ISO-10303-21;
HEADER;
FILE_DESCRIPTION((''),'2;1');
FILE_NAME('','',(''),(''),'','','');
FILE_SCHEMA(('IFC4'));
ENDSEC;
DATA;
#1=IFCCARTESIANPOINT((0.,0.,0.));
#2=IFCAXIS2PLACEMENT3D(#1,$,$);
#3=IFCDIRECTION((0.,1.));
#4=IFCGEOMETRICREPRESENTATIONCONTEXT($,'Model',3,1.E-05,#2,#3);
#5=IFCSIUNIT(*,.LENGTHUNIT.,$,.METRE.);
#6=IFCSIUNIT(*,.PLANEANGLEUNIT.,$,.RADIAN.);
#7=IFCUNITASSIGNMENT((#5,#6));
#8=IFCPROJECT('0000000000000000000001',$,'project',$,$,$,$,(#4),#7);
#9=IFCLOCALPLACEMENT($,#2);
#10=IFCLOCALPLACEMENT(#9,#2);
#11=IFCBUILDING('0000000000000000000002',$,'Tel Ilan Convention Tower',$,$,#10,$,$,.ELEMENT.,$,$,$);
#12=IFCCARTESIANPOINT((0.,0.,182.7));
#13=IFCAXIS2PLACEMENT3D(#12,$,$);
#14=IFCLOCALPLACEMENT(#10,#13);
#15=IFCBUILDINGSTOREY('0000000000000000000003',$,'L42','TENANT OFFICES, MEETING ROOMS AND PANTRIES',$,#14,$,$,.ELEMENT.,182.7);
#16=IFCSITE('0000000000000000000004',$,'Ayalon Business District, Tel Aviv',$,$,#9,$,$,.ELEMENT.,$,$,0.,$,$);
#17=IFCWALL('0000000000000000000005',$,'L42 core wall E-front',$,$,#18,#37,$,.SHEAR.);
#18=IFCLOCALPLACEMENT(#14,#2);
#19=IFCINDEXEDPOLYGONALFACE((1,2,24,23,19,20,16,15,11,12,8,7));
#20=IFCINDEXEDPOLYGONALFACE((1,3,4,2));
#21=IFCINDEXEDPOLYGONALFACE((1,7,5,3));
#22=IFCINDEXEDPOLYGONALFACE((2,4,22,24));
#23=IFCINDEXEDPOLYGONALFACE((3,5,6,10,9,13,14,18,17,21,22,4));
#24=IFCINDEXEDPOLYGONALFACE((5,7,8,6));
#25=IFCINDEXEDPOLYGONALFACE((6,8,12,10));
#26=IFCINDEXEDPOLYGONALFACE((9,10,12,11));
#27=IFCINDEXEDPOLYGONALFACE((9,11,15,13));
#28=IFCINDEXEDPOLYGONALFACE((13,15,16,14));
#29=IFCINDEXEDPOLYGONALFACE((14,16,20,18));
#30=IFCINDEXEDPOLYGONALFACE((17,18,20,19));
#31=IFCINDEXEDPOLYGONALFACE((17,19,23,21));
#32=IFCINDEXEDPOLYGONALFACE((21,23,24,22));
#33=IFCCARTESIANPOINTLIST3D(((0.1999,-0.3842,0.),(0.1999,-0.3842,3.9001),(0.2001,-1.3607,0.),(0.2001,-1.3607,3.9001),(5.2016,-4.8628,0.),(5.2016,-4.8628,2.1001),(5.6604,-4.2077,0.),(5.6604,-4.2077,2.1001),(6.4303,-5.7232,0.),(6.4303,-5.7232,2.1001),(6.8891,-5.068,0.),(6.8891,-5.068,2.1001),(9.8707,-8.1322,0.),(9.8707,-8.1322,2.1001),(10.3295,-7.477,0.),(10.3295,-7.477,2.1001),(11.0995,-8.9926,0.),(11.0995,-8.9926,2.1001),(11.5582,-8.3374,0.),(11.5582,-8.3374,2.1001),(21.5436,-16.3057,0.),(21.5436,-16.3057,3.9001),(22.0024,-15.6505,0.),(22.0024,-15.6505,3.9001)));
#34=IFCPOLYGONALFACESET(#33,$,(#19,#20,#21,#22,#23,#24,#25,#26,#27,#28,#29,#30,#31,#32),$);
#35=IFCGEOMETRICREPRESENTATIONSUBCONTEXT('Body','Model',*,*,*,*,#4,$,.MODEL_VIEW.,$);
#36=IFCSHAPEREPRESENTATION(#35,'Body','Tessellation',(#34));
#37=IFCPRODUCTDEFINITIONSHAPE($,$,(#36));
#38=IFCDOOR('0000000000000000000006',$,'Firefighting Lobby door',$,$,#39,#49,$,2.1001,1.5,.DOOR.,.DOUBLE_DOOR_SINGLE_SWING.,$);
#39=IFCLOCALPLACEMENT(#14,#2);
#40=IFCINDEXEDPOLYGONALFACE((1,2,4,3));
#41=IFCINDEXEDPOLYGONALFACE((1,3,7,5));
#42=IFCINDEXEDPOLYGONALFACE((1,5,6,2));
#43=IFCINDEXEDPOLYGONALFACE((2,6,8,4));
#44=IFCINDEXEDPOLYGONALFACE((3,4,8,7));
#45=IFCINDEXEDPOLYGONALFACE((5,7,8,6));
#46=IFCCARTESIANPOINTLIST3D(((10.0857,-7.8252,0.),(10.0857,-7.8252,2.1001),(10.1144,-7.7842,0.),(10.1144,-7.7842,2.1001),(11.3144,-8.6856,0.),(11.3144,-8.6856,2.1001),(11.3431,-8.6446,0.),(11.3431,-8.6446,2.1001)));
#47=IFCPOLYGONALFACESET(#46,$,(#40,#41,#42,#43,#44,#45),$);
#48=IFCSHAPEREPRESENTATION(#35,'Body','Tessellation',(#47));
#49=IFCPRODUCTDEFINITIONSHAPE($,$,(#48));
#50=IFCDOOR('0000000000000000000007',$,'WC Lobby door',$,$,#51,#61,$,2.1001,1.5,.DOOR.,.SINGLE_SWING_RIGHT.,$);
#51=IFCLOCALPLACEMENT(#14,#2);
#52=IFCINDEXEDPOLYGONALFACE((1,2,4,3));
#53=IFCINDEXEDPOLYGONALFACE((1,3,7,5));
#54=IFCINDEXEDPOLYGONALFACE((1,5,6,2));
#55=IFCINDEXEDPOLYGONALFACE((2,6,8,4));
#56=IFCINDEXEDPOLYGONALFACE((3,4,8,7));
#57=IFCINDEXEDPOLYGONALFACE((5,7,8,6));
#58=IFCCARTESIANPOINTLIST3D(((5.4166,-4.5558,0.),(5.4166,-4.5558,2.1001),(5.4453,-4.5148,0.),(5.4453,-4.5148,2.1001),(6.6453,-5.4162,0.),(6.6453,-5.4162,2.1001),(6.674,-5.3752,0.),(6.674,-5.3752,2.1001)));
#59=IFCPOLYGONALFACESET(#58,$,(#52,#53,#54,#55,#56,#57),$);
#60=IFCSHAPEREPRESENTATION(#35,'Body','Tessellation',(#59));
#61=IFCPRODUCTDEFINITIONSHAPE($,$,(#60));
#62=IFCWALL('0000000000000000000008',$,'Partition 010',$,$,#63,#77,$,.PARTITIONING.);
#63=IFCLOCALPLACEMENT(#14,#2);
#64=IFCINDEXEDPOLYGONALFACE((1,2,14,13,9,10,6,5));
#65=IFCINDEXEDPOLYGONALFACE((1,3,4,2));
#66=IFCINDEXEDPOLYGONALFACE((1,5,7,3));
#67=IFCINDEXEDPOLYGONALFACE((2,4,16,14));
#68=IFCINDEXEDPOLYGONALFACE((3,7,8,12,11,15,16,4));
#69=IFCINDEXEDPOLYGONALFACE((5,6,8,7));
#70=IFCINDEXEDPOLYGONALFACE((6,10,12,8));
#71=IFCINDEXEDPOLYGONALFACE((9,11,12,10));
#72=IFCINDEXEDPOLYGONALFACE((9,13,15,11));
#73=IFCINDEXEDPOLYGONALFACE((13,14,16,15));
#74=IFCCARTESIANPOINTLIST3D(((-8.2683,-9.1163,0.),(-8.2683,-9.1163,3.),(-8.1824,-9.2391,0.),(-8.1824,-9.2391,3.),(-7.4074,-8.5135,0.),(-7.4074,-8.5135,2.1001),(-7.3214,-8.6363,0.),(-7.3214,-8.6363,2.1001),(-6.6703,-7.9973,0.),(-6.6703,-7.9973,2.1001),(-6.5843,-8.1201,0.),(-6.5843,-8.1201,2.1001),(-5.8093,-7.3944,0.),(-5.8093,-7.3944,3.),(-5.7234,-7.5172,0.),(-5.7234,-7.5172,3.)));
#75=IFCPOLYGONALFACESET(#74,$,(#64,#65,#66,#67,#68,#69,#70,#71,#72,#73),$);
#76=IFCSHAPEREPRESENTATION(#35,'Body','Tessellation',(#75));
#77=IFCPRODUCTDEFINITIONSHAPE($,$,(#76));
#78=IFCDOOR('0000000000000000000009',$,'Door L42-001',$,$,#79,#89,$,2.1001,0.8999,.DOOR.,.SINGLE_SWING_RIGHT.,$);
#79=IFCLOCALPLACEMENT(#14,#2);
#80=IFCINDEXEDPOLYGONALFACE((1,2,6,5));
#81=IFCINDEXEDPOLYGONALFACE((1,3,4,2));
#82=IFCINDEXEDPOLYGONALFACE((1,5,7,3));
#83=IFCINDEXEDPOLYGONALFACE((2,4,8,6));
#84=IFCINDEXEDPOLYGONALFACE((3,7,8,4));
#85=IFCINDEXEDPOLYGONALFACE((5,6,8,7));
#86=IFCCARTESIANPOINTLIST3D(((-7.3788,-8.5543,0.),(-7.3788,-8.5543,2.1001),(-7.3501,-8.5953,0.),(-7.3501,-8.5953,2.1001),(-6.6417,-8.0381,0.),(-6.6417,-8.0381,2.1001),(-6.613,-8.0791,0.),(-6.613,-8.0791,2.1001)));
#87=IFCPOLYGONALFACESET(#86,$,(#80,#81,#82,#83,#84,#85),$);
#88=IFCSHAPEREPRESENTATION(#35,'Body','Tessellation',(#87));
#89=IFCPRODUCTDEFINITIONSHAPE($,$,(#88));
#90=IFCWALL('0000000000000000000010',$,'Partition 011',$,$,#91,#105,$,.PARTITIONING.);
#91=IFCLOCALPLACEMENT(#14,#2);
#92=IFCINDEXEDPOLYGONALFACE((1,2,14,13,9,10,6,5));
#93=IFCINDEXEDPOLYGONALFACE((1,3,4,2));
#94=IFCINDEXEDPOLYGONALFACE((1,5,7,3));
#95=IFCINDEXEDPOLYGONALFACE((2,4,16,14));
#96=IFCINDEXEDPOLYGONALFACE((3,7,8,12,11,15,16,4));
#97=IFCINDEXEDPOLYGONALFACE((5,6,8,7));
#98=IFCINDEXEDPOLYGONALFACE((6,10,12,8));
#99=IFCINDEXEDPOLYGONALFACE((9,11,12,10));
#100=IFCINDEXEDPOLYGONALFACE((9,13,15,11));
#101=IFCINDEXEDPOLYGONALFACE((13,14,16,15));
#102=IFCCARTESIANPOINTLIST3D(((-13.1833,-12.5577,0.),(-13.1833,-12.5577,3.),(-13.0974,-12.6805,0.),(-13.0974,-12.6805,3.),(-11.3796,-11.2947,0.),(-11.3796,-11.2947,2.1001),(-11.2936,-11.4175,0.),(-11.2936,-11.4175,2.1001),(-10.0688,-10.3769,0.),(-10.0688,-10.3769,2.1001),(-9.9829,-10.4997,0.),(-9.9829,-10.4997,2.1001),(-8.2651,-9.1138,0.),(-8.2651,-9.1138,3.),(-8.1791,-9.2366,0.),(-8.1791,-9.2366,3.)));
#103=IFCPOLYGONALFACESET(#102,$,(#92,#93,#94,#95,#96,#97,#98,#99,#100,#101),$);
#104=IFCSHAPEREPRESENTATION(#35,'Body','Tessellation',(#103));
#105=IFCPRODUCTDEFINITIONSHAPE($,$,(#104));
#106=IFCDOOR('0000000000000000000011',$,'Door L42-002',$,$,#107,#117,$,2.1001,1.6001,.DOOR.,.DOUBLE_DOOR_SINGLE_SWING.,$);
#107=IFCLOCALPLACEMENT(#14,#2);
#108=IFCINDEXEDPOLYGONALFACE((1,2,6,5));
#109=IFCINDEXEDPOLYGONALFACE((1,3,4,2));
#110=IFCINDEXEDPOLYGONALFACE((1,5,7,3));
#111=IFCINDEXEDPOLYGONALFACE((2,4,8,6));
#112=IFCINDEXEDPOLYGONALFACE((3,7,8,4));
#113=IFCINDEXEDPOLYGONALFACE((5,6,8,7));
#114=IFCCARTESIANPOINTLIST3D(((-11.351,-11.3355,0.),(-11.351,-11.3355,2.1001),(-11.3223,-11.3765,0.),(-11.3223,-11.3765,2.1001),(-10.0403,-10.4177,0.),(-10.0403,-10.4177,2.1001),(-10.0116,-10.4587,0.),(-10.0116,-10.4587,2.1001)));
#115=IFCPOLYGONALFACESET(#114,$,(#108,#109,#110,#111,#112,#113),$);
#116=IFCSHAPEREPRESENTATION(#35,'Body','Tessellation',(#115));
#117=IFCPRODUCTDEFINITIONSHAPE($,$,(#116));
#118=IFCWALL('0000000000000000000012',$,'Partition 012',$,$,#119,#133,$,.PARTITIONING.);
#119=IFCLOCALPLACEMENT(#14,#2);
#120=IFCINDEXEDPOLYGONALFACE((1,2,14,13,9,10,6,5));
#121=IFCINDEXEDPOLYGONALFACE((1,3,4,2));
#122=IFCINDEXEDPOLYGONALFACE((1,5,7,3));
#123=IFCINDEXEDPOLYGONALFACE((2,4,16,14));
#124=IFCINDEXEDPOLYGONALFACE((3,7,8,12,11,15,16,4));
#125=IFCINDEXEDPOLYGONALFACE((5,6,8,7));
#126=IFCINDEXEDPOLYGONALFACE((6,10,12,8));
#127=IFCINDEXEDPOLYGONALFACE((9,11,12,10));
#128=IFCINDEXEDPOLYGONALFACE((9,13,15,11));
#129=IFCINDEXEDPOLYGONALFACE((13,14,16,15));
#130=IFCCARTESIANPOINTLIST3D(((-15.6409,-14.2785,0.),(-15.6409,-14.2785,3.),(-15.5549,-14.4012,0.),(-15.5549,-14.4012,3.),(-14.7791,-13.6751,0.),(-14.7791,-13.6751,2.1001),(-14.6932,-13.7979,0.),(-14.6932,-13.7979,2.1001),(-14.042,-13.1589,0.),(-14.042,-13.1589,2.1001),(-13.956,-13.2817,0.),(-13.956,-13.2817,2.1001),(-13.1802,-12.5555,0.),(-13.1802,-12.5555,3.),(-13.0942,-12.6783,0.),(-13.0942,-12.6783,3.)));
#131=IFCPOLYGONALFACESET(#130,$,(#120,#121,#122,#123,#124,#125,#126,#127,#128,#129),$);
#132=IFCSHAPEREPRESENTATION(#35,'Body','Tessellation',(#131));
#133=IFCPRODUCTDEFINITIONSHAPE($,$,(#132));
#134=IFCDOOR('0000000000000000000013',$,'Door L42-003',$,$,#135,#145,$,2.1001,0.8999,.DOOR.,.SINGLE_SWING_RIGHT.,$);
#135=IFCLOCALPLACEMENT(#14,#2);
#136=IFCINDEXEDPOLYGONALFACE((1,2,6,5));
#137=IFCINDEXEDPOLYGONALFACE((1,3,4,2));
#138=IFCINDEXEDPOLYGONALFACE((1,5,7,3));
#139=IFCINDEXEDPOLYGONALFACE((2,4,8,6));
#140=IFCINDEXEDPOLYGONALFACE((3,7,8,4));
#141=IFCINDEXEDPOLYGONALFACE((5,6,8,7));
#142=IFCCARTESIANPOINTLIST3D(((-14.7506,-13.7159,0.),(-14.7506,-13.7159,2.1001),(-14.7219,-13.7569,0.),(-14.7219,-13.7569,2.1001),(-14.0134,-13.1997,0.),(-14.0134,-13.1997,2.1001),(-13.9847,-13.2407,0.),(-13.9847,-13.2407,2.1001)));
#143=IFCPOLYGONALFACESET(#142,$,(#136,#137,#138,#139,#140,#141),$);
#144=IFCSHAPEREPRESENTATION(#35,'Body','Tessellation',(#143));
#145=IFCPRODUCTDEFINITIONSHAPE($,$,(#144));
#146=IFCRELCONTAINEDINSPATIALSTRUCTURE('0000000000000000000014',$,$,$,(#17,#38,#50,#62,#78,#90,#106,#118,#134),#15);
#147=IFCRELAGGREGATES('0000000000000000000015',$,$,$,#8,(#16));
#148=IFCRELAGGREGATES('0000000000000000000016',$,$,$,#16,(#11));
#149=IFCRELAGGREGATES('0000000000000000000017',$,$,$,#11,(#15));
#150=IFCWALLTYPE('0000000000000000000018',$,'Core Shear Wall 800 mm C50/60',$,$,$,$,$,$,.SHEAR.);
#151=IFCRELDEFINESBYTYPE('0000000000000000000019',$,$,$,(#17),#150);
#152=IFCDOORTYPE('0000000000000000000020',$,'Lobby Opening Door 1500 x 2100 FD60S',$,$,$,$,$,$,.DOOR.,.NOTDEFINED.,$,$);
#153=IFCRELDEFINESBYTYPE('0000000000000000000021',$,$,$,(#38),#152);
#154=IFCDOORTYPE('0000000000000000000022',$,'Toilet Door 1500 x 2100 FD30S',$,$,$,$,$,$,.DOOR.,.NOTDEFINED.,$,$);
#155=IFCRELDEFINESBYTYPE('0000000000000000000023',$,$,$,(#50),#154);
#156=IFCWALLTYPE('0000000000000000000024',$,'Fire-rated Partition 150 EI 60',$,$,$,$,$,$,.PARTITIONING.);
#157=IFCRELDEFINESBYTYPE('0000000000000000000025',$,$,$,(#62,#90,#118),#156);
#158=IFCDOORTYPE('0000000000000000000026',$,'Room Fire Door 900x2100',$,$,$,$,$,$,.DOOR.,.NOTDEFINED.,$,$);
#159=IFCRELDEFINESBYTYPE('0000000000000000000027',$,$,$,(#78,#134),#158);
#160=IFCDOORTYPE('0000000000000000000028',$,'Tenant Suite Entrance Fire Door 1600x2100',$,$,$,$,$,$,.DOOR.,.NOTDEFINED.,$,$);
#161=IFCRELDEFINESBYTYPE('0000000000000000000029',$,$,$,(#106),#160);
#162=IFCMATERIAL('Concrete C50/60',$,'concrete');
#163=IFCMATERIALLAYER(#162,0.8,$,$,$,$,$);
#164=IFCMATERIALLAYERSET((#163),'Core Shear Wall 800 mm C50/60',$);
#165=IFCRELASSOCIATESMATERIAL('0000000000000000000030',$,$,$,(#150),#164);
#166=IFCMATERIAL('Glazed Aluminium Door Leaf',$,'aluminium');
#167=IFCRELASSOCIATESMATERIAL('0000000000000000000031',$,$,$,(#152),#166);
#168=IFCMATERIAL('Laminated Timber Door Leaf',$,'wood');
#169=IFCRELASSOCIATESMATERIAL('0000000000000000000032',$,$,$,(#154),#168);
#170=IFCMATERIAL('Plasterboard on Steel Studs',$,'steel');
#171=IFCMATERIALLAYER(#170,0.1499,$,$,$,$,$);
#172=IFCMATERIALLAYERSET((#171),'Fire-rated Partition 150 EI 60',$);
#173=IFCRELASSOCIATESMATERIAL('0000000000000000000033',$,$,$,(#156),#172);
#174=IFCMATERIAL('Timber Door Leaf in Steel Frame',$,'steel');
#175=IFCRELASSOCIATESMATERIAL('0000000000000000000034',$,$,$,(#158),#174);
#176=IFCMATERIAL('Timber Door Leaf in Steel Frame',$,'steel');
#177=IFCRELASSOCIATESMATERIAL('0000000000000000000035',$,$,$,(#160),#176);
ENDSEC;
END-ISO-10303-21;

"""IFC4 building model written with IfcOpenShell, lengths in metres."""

from ifc_helpers import new_model, si_unit, direction, frame, frame_2d, origin, place, context, subcontext, project, spatial, polyline, rectangle, outline, extrude, material, layer, layer_set, type_object, element, fill, save


model = new_model("IFC4")

# Units and contexts
model_context = context("Model", 3, precision=1e-05, world=origin(), true_north=direction((0.0, 1.0)))
body_context = subcontext(model_context, "Body", "Model", "MODEL_VIEW")
ifc_project = project(units=[si_unit("LENGTHUNIT", "METRE"), si_unit("PLANEANGLEUNIT", "RADIAN")], contexts=[model_context])

# Site, building, storey
site_placement = place(None, origin())
site = spatial("IfcSite", under=ifc_project, at=site_placement, Name="Ayalon Business District, Tel Aviv", CompositionType="ELEMENT", RefElevation=0.0)
building_placement = place(site_placement, origin())
building = spatial("IfcBuilding", under=site, at=building_placement, Name="Tel Ilan Convention Tower", CompositionType="ELEMENT")
storey_placement = place(building_placement, frame((0.0, 0.0, 182.7)))
storey = spatial("IfcBuildingStorey", under=building, at=storey_placement, Name="L42", Description="TENANT OFFICES, MEETING ROOMS AND PANTRIES", CompositionType="ELEMENT", Elevation=182.7)

# Wall, openings, doors
ifc_material_1 = material(Name="Concrete C50/60", Category="concrete")
ifc_layer_1 = layer(ifc_material_1, 0.8)
ifc_layer_set_1 = layer_set([ifc_layer_1], Name="Core Shear Wall 800 mm C50/60")
wall_type_1 = type_object("IfcWallType", Name="Core Shear Wall 800 mm C50/60", PredefinedType="SHEAR", material=ifc_layer_set_1)
wall_1_placement = place(storey_placement, frame((-0.0293, -0.7119, 0.0), z_axis=(0.0, 0.0, 1.0), x_axis=(0.819152, -0.573577, 0.0)))
wall_1 = element("IfcWall", 1, at=wall_1_placement, inside=storey, type_object=wall_type_1, Name="L42 core wall E-front", PredefinedType="SHEAR", context=body_context, shape_type="SweptSolid", body=[
    extrude(outline(polyline([(26.6157, 0.3999), (-0.0002, 0.3999), (0.5601, -0.3999), (26.6157, -0.3999), (26.6157, 0.3999)])), origin(), (0.0, 0.0, 1.0), 3.9001),
])
opening_1_placement = place(wall_1_placement, frame((6.6658, 0.0, 0.0)))
opening_1 = element("IfcOpeningElement", 2, at=opening_1_placement, cuts=wall_1, PredefinedType="OPENING", context=body_context, shape_type="SweptSolid", body=[
    extrude(rectangle(XDim=1.5, YDim=2.1001, at=frame_2d((0.75, 1.05))), frame((0.0, 0.4099, 0.0), z_axis=(0.0, -1.0, 0.0), x_axis=(1.0, 0.0, 0.0)), (0.0, 0.0, 1.0), 0.8201),
])
opening_2_placement = place(wall_1_placement, frame((12.3657, 0.0, 0.0)))
opening_2 = element("IfcOpeningElement", 3, at=opening_2_placement, cuts=wall_1, PredefinedType="OPENING", context=body_context, shape_type="SweptSolid", body=[
    extrude(rectangle(XDim=1.5, YDim=2.1001, at=frame_2d((0.75, 1.05))), frame((0.0, 0.4099, 0.0), z_axis=(0.0, -1.0, 0.0), x_axis=(1.0, 0.0, 0.0)), (0.0, 0.0, 1.0), 0.8201),
])
ifc_material_2 = material(Name="Glazed Aluminium Door Leaf", Category="aluminium")
door_type_1 = type_object("IfcDoorType", Name="Lobby Opening Door 1500 x 2100 FD60S", OperationType="NOTDEFINED", PredefinedType="DOOR", material=ifc_material_2)
door_1_placement = place(opening_2_placement, origin())
door_1 = element("IfcDoor", 4, at=door_1_placement, inside=storey, type_object=door_type_1, Name="Firefighting Lobby door", OperationType="DOUBLE_DOOR_SINGLE_SWING", OverallHeight=2.1001, OverallWidth=1.5, PredefinedType="DOOR", context=body_context, shape_type="SweptSolid", body=[
    extrude(rectangle(XDim=1.5, YDim=2.1001, at=frame_2d((0.75, 1.05))), frame((0.0, 0.0249, 0.0), z_axis=(0.0, -1.0, 0.0), x_axis=(1.0, 0.0, 0.0)), (0.0, 0.0, 1.0), 0.05),
])
fill(opening_2, door_1)
ifc_material_3 = material(Name="Laminated Timber Door Leaf", Category="wood")
door_type_2 = type_object("IfcDoorType", Name="Toilet Door 1500 x 2100 FD30S", OperationType="NOTDEFINED", PredefinedType="DOOR", material=ifc_material_3)
door_2_placement = place(opening_1_placement, origin())
door_2 = element("IfcDoor", 5, at=door_2_placement, inside=storey, type_object=door_type_2, Name="WC Lobby door", OperationType="SINGLE_SWING_RIGHT", OverallHeight=2.1001, OverallWidth=1.5, PredefinedType="DOOR", context=body_context, shape_type="SweptSolid", body=[
    extrude(rectangle(XDim=1.5, YDim=2.1001, at=frame_2d((0.75, 1.05))), frame((0.0, 0.0249, 0.0), z_axis=(0.0, -1.0, 0.0), x_axis=(1.0, 0.0, 0.0)), (0.0, 0.0, 1.0), 0.05),
])
fill(opening_1, door_2)

# Walls, openings, doors
ifc_material_4 = material(Name="Plasterboard on Steel Studs", Category="steel")
ifc_layer_2 = layer(ifc_material_4, 0.1499)
ifc_layer_set_2 = layer_set([ifc_layer_2], Name="Fire-rated Partition 150 EI 60")
wall_type_2 = type_object("IfcWallType", Name="Fire-rated Partition 150 EI 60", PredefinedType="PARTITIONING", material=ifc_layer_set_2)
wall_2_placement = place(storey_placement, frame((-5.7664, -7.4558, 0.0), z_axis=(0.0, 0.0, 1.0), x_axis=(-0.819133, -0.573604, 0.0)))
wall_2 = element("IfcWall", 6, at=wall_2_placement, inside=storey, type_object=wall_type_2, Name="Partition 010", PredefinedType="PARTITIONING", context=body_context, shape_type="SweptSolid", body=[
    extrude(rectangle(XDim=3.002, YDim=0.1499, at=frame_2d((1.501, 0.0))), origin(), (0.0, 0.0, 1.0), 3.0),
])
opening_3_placement = place(wall_2_placement, frame((1.051, 0.0, 0.0)))
opening_3 = element("IfcOpeningElement", 7, at=opening_3_placement, cuts=wall_2, PredefinedType="OPENING", context=body_context, shape_type="SweptSolid", body=[
    extrude(rectangle(XDim=0.8999, YDim=2.1001, at=frame_2d((0.45, 1.05))), frame((0.0, 0.085, 0.0), z_axis=(0.0, -1.0, 0.0), x_axis=(1.0, 0.0, 0.0)), (0.0, 0.0, 1.0), 0.1699),
])
ifc_material_5 = material(Name="Timber Door Leaf in Steel Frame", Category="steel")
door_type_3 = type_object("IfcDoorType", Name="Room Fire Door 900x2100", OperationType="NOTDEFINED", PredefinedType="DOOR", material=ifc_material_5)
door_3_placement = place(opening_3_placement, origin())
door_3 = element("IfcDoor", 8, at=door_3_placement, inside=storey, type_object=door_type_3, Name="Door L42-001", OperationType="SINGLE_SWING_RIGHT", OverallHeight=2.1001, OverallWidth=0.8999, PredefinedType="DOOR", context=body_context, shape_type="SweptSolid", body=[
    extrude(rectangle(XDim=0.8999, YDim=2.1001, at=frame_2d((0.45, 1.05))), frame((0.0, 0.0249, 0.0), z_axis=(0.0, -1.0, 0.0), x_axis=(1.0, 0.0, 0.0)), (0.0, 0.0, 1.0), 0.05),
])
fill(opening_3, door_3)
wall_3_placement = place(storey_placement, frame((-8.2222, -9.1753, 0.0), z_axis=(0.0, 0.0, 1.0), x_axis=(-0.819146, -0.573585, 0.0)))
wall_3 = element("IfcWall", 9, at=wall_3_placement, inside=storey, type_object=wall_type_2, Name="Partition 011", PredefinedType="PARTITIONING", context=body_context, shape_type="SweptSolid", body=[
    extrude(rectangle(XDim=6.0042, YDim=0.1499, at=frame_2d((3.002, 0.0))), origin(), (0.0, 0.0, 1.0), 3.0),
])
opening_4_placement = place(wall_3_placement, frame((2.2019, 0.0, 0.0)))
opening_4 = element("IfcOpeningElement", 10, at=opening_4_placement, cuts=wall_3, PredefinedType="OPENING", context=body_context, shape_type="SweptSolid", body=[
    extrude(rectangle(XDim=1.6001, YDim=2.1001, at=frame_2d((0.8, 1.05))), frame((0.0, 0.085, 0.0), z_axis=(0.0, -1.0, 0.0), x_axis=(1.0, 0.0, 0.0)), (0.0, 0.0, 1.0), 0.1699),
])
ifc_material_6 = material(Name="Timber Door Leaf in Steel Frame", Category="steel")
door_type_4 = type_object("IfcDoorType", Name="Tenant Suite Entrance Fire Door 1600x2100", OperationType="NOTDEFINED", PredefinedType="DOOR", material=ifc_material_6)
door_4_placement = place(opening_4_placement, origin())
door_4 = element("IfcDoor", 11, at=door_4_placement, inside=storey, type_object=door_type_4, Name="Door L42-002", OperationType="DOUBLE_DOOR_SINGLE_SWING", OverallHeight=2.1001, OverallWidth=1.6001, PredefinedType="DOOR", context=body_context, shape_type="SweptSolid", body=[
    extrude(rectangle(XDim=1.6001, YDim=2.1001, at=frame_2d((0.8, 1.05))), frame((0.0, 0.0249, 0.0), z_axis=(0.0, -1.0, 0.0), x_axis=(1.0, 0.0, 0.0)), (0.0, 0.0, 1.0), 0.05),
])
fill(opening_4, door_4)
wall_4_placement = place(storey_placement, frame((-13.1372, -12.6169, 0.0), z_axis=(0.0, 0.0, 1.0), x_axis=(-0.819167, -0.573555, 0.0)))
wall_4 = element("IfcWall", 12, at=wall_4_placement, inside=storey, type_object=wall_type_2, Name="Partition 012", PredefinedType="PARTITIONING", context=body_context, shape_type="SweptSolid", body=[
    extrude(rectangle(XDim=3.0039, YDim=0.1499, at=frame_2d((1.502, 0.0))), origin(), (0.0, 0.0, 1.0), 3.0),
])
opening_5_placement = place(wall_4_placement, frame((1.052, 0.0, 0.0)))
opening_5 = element("IfcOpeningElement", 13, at=opening_5_placement, cuts=wall_4, PredefinedType="OPENING", context=body_context, shape_type="SweptSolid", body=[
    extrude(rectangle(XDim=0.8999, YDim=2.1001, at=frame_2d((0.45, 1.05))), frame((0.0, 0.085, 0.0), z_axis=(0.0, -1.0, 0.0), x_axis=(1.0, 0.0, 0.0)), (0.0, 0.0, 1.0), 0.1699),
])
door_5_placement = place(opening_5_placement, origin())
door_5 = element("IfcDoor", 14, at=door_5_placement, inside=storey, type_object=door_type_3, Name="Door L42-003", OperationType="SINGLE_SWING_RIGHT", OverallHeight=2.1001, OverallWidth=0.8999, PredefinedType="DOOR", context=body_context, shape_type="SweptSolid", body=[
    extrude(rectangle(XDim=0.8999, YDim=2.1001, at=frame_2d((0.45, 1.05))), frame((0.0, 0.0249, 0.0), z_axis=(0.0, -1.0, 0.0), x_axis=(1.0, 0.0, 0.0)), (0.0, 0.0, 1.0), 0.05),
])
fill(opening_5, door_5)

save(model, "model.ifc")
